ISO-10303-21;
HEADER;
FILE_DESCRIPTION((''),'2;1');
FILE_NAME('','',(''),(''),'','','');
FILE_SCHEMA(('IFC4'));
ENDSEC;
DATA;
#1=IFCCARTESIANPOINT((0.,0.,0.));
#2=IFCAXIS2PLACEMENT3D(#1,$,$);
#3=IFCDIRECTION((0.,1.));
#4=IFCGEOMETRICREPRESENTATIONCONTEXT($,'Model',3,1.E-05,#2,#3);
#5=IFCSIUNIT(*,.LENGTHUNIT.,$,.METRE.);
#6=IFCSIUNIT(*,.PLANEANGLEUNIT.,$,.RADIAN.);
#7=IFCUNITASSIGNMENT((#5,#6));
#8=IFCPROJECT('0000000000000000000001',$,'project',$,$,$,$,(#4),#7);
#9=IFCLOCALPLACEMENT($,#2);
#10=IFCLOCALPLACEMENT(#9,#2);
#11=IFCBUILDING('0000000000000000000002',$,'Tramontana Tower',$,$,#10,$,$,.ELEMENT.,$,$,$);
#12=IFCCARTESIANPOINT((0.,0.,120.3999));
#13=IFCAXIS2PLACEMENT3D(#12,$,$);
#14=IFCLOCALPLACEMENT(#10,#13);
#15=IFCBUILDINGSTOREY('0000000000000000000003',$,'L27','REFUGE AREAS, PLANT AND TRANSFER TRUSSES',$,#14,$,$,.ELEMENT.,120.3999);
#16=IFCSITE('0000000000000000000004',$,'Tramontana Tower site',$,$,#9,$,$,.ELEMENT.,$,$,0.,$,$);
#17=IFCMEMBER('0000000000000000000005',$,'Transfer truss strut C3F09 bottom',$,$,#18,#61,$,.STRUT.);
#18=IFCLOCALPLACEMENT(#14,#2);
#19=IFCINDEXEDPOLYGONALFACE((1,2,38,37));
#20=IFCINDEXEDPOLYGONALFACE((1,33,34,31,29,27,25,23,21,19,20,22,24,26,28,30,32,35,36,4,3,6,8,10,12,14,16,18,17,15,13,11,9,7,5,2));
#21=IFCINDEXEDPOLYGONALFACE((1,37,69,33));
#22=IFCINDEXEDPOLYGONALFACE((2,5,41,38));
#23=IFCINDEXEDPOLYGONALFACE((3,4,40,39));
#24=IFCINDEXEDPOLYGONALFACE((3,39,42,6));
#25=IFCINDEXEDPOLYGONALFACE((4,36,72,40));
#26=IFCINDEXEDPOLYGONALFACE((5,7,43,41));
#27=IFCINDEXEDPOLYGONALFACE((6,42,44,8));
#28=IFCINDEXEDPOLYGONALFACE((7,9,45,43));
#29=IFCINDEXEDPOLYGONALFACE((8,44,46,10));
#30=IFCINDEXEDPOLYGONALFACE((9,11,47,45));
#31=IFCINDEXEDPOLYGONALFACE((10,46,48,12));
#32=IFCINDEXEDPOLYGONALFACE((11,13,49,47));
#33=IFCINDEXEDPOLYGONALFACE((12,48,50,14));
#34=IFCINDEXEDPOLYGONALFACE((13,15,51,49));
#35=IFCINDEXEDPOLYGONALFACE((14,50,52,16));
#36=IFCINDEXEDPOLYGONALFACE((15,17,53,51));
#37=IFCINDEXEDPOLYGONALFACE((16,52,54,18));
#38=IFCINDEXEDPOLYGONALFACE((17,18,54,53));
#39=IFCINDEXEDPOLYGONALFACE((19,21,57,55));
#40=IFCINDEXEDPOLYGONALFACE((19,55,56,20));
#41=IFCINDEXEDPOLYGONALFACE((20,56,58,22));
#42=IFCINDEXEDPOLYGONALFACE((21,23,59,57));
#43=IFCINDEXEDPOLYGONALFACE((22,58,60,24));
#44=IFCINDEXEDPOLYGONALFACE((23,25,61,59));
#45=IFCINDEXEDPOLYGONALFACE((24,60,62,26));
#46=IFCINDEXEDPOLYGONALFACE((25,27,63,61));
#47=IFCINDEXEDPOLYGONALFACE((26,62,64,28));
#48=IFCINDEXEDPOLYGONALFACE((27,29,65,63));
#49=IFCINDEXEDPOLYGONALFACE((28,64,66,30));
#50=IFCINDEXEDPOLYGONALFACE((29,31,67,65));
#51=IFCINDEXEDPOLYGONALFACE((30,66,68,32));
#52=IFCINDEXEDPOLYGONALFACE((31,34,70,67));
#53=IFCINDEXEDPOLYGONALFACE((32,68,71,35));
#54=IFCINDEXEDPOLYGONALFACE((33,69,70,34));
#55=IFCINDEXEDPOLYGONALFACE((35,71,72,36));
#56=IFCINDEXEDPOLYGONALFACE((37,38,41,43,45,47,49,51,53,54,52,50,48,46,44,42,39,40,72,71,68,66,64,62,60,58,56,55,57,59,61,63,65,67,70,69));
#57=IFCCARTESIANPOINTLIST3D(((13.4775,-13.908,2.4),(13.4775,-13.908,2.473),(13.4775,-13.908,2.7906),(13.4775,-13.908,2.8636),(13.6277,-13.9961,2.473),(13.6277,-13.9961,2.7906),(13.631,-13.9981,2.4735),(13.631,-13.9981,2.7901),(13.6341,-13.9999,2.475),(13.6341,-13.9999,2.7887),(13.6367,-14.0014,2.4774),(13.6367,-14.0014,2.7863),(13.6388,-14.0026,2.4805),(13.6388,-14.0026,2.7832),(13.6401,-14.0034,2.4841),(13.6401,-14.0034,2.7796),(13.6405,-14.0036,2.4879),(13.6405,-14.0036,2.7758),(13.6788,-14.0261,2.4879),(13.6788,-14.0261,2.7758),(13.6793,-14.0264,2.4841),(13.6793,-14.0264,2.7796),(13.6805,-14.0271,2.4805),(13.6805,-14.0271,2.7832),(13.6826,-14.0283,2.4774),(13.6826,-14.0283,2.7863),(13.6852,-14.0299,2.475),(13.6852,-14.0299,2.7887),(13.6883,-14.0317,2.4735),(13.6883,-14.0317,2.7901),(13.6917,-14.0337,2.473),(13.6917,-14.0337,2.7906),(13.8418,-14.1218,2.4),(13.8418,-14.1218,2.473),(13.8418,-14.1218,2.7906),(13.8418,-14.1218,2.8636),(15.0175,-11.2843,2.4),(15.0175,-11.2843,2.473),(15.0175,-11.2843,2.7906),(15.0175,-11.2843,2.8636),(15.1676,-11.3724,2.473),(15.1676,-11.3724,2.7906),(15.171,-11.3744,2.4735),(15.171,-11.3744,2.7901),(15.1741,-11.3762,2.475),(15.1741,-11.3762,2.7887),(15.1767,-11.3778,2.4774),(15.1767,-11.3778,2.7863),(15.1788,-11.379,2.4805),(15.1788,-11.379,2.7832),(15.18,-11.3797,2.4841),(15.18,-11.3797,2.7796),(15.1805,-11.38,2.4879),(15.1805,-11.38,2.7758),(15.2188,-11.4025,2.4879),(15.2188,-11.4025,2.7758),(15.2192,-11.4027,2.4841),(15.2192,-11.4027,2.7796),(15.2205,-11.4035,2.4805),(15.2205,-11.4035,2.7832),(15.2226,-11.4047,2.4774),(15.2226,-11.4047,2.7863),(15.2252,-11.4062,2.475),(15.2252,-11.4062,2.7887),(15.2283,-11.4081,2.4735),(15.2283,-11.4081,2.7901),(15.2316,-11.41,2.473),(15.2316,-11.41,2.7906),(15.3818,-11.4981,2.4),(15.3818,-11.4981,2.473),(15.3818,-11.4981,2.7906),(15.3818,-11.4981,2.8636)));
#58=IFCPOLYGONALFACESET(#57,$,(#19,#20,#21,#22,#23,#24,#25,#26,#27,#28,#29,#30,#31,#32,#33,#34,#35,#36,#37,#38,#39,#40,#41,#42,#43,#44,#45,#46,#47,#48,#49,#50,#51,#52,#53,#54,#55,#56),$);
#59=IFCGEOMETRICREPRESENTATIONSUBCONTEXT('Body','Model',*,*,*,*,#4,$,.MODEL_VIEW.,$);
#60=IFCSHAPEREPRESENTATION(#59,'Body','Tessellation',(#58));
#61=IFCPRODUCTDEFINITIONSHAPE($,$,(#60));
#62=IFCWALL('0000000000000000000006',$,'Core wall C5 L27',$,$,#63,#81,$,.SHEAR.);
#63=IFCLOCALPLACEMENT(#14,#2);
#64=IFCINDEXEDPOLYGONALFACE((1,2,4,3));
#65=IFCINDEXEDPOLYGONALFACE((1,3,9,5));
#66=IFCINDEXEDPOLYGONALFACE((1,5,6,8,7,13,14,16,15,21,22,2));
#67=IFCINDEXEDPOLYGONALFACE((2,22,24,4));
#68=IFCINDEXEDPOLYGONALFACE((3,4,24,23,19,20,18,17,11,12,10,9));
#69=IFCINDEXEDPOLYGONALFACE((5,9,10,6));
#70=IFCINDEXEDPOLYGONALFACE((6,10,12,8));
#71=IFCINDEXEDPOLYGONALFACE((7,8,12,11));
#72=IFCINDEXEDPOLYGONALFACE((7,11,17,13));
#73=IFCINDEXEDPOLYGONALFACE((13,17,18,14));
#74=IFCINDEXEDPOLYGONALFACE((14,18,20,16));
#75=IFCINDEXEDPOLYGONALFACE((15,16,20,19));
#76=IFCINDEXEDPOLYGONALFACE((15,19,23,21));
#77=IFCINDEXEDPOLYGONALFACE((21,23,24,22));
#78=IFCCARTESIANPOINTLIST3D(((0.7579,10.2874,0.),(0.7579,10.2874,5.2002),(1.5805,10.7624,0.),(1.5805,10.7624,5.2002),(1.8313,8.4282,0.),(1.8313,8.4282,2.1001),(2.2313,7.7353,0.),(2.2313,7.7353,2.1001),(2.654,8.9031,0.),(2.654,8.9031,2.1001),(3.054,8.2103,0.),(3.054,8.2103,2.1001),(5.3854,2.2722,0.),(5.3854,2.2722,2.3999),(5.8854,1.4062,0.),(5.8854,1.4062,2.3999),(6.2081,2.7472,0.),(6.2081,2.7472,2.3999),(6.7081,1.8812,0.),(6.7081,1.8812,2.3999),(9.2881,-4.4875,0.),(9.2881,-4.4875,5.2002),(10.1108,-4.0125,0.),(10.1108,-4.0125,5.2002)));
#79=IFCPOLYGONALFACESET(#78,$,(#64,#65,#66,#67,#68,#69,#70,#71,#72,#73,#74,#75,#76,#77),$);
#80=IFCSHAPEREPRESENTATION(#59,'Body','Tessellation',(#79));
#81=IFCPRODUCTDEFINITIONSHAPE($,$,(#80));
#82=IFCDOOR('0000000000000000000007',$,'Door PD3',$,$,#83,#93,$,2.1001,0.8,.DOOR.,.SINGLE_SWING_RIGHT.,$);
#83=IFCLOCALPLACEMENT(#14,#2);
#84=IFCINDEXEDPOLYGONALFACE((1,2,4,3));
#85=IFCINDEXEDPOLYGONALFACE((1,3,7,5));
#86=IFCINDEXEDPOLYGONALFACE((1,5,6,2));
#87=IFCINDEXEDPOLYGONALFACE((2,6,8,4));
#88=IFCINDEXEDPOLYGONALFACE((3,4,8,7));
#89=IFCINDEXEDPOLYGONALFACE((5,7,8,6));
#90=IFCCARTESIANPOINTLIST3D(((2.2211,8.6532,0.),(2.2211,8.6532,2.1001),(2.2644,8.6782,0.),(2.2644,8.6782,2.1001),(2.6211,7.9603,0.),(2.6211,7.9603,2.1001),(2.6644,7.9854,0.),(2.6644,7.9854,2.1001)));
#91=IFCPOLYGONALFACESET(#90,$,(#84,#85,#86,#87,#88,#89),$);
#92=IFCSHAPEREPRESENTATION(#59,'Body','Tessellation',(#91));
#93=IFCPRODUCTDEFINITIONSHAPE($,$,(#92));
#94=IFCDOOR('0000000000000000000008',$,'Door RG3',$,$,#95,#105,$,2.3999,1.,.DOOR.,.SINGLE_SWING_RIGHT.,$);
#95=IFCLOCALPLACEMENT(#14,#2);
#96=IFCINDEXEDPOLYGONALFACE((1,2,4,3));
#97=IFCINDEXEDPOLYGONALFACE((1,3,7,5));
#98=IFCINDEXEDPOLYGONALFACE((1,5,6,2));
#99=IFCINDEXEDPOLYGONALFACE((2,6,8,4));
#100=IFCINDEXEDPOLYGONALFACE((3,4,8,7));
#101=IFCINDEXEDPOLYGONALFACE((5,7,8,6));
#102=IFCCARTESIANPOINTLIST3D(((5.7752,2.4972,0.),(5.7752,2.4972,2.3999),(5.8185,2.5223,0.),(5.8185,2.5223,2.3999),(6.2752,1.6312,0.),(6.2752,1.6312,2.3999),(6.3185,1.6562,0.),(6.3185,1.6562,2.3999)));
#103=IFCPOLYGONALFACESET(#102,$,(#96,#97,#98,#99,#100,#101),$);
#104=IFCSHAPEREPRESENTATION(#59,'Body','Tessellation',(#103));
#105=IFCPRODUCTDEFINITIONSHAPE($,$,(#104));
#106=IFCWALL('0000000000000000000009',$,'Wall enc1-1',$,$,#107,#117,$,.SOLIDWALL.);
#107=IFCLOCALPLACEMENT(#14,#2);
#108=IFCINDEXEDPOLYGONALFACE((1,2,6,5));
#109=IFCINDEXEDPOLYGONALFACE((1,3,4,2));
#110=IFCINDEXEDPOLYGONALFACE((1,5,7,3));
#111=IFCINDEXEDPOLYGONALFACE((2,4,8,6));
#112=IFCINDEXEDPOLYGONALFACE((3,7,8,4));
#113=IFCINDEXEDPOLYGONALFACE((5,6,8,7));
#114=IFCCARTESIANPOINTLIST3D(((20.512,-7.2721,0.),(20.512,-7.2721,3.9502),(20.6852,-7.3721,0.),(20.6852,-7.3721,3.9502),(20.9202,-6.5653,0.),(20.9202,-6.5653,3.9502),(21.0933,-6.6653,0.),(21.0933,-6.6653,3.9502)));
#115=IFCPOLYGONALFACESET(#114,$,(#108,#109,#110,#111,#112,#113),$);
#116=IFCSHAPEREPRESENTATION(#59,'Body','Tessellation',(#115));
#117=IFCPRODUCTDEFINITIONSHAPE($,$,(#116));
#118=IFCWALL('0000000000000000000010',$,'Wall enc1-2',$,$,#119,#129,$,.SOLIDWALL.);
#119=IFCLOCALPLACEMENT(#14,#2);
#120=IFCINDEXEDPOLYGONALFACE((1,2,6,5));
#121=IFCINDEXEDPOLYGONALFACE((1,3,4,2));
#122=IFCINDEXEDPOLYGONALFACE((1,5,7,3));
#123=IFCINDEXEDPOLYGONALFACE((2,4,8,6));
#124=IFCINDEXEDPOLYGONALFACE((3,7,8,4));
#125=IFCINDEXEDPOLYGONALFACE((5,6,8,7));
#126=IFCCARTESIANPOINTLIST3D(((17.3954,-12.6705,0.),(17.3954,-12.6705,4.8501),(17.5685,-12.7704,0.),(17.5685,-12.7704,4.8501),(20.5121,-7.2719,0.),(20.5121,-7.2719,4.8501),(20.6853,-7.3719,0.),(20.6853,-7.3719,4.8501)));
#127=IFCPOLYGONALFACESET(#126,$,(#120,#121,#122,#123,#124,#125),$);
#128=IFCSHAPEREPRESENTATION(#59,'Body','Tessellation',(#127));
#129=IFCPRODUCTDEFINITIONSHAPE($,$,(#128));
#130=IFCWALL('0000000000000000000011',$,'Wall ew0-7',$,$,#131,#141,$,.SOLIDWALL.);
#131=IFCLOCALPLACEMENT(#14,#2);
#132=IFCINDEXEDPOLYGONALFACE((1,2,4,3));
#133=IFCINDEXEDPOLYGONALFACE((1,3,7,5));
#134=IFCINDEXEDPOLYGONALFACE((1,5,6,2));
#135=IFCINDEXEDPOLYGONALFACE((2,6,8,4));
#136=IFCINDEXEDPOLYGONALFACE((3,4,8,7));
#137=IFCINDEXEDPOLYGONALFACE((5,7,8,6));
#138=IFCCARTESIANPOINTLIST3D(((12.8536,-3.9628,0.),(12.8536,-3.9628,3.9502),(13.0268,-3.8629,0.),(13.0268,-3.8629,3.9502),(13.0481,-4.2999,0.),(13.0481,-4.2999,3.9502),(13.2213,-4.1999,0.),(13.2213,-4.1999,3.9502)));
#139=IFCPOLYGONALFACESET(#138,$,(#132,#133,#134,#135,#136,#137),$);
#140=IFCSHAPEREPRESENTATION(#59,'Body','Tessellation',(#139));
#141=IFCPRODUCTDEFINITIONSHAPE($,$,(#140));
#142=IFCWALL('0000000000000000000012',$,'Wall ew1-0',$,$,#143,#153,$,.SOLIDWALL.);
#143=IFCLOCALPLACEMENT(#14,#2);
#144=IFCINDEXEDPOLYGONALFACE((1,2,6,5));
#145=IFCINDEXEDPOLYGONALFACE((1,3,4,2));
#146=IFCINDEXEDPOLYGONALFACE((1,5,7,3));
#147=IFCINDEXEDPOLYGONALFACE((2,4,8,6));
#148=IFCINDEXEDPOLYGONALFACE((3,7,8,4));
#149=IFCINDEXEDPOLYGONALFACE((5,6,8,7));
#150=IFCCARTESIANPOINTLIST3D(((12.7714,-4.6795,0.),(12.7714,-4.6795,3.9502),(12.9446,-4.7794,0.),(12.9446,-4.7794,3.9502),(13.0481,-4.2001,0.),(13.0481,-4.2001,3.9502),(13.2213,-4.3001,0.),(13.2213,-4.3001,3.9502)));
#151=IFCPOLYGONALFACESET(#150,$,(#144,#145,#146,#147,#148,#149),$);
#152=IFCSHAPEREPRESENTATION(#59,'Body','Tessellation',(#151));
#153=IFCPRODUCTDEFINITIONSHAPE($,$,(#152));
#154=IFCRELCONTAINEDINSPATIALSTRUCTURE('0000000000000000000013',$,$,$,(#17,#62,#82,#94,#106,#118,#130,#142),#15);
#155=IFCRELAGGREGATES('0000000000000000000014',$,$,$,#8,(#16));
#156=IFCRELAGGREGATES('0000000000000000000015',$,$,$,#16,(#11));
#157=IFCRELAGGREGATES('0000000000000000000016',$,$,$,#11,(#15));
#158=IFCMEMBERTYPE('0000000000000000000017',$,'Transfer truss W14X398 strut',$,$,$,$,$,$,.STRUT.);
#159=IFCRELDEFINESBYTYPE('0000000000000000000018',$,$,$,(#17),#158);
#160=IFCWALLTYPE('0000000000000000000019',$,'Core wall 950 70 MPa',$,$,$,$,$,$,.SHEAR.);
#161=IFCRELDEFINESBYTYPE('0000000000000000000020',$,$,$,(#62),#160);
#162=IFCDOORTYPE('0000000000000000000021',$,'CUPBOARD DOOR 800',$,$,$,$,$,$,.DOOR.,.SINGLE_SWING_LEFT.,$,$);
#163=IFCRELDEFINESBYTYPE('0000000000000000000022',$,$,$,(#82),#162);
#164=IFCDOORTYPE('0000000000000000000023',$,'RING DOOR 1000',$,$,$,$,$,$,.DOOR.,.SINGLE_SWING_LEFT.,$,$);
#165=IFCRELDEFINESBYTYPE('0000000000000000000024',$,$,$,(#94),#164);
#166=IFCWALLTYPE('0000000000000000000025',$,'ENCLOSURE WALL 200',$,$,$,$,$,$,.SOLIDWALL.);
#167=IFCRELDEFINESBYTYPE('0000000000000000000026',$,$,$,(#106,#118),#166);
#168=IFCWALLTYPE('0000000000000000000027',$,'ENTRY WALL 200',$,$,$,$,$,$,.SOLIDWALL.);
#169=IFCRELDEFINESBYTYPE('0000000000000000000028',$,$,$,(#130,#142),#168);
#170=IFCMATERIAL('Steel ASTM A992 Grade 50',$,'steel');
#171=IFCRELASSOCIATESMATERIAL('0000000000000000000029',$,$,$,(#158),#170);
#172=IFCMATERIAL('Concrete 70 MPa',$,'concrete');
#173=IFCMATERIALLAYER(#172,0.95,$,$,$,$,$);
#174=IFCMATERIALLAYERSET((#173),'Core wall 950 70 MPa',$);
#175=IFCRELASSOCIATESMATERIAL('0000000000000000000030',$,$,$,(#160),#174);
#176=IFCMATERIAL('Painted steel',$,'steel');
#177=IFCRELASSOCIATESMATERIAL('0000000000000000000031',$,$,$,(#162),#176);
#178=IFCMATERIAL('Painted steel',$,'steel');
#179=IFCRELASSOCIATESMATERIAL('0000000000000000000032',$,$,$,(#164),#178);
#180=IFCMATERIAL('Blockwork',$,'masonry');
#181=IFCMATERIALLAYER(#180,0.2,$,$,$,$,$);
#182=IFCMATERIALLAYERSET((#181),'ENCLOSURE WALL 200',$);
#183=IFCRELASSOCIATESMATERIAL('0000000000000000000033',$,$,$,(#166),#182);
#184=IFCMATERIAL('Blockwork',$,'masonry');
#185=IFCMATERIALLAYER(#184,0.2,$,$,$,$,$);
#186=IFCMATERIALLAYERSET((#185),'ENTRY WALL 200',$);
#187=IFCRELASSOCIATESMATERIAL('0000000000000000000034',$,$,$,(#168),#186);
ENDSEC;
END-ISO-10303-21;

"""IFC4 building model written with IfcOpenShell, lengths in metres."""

from ifc_helpers import new_model, si_unit, direction, frame, frame_2d, origin, origin_2d, place, context, subcontext, project, spatial, rectangle, i_section, extrude, material, layer, layer_set, material_profile, profile_set, type_object, element, fill, save


model = new_model("IFC4")

# Units and contexts
model_context = context("Model", 3, precision=1e-05, world=origin(), true_north=direction((0.0, 1.0)))
body_context = subcontext(model_context, "Body", "Model", "MODEL_VIEW")
ifc_project = project(units=[si_unit("LENGTHUNIT", "METRE"), si_unit("PLANEANGLEUNIT", "RADIAN")], contexts=[model_context])

# Site, building, storey
site_placement = place(None, origin())
site = spatial("IfcSite", under=ifc_project, at=site_placement, Name="Tramontana Tower site", CompositionType="ELEMENT", RefElevation=0.0)
building_placement = place(site_placement, origin())
building = spatial("IfcBuilding", under=site, at=building_placement, Name="Tramontana Tower", CompositionType="ELEMENT")
storey_placement = place(building_placement, frame((0.0, 0.0, 120.3999)))
storey = spatial("IfcBuildingStorey", under=building, at=storey_placement, Name="L27", Description="REFUGE AREAS, PLANT AND TRANSFER TRUSSES", CompositionType="ELEMENT", Elevation=120.3999)

# Member
ifc_material_1 = material(Name="Steel ASTM A992 Grade 50", Category="steel")
ifc_material_profile_1 = material_profile(ifc_material_1, i_section(OverallWidth=0.4224, OverallDepth=0.4636, WebThickness=0.0444, FlangeThickness=0.073, FilletRadius=0.0149, at=origin_2d()), Name="W14X398")
ifc_profile_set_1 = profile_set([ifc_material_profile_1], Name="Steel ASTM A992 Grade 50")
member_type_1 = type_object("IfcMemberType", Name="Transfer truss W14X398 strut", PredefinedType="STRUT", material=ifc_profile_set_1)
member_1_placement = place(storey_placement, frame((13.6597, -14.0149, 2.6318), z_axis=(0.506199, 0.862417, 0.0), x_axis=(-0.862417, 0.506199, 0.0)))
element("IfcMember", 1, at=member_1_placement, inside=storey, type_object=member_type_1, Name="Transfer truss strut C3F09 bottom", PredefinedType="STRUT", context=body_context, shape_type="SweptSolid", body=[
    extrude(i_section(OverallWidth=0.4224, OverallDepth=0.4636, WebThickness=0.0444, FlangeThickness=0.073, FilletRadius=0.0149, at=origin_2d()), origin(), (0.0, 0.0, 1.0), 3.0422),
])

# Wall, openings, doors
ifc_material_2 = material(Name="Concrete 70 MPa", Category="concrete")
ifc_layer_1 = layer(ifc_material_2, 0.95)
ifc_layer_set_1 = layer_set([ifc_layer_1], Name="Core wall 950 70 MPa")
wall_type_1 = type_object("IfcWallType", Name="Core wall 950 70 MPa", PredefinedType="SHEAR", material=ifc_layer_set_1)
wall_1_placement = place(storey_placement, frame((9.6995, -4.25, 0.0), z_axis=(0.0, 0.0, 1.0), x_axis=(-0.499999, 0.866026, 0.0)))
wall_1 = element("IfcWall", 2, at=wall_1_placement, inside=storey, type_object=wall_type_1, Name="Core wall C5 L27", PredefinedType="SHEAR", context=body_context, shape_type="SweptSolid", body=[
    extrude(rectangle(XDim=17.0605, YDim=0.95, at=frame_2d((8.5303, 0.0))), origin(), (0.0, 0.0, 1.0), 5.2002),
])
opening_1_placement = place(wall_1_placement, frame((6.8054, 0.0, 0.0)))
opening_1 = element("IfcOpeningElement", 3, at=opening_1_placement, cuts=wall_1, PredefinedType="OPENING", context=body_context, shape_type="SweptSolid", body=[
    extrude(rectangle(XDim=1.0, YDim=2.3999, at=frame_2d((0.5, 1.2))), frame((0.0, 0.4849, 0.0), z_axis=(0.0, -1.0, 0.0), x_axis=(1.0, 0.0, 0.0)), (0.0, 0.0, 1.0), 0.97),
])
opening_2_placement = place(wall_1_placement, frame((14.1138, 0.0, 0.0)))
opening_2 = element("IfcOpeningElement", 4, at=opening_2_placement, cuts=wall_1, PredefinedType="OPENING", context=body_context, shape_type="SweptSolid", body=[
    extrude(rectangle(XDim=0.8, YDim=2.1001, at=frame_2d((0.3999, 1.05))), frame((0.0, 0.4849, 0.0), z_axis=(0.0, -1.0, 0.0), x_axis=(1.0, 0.0, 0.0)), (0.0, 0.0, 1.0), 0.97),
])
ifc_material_3 = material(Name="Painted steel", Category="steel")
door_type_1 = type_object("IfcDoorType", Name="CUPBOARD DOOR 800", OperationType="SINGLE_SWING_LEFT", PredefinedType="DOOR", material=ifc_material_3)
door_1_placement = place(opening_2_placement, origin())
door_1 = element("IfcDoor", 5, at=door_1_placement, inside=storey, type_object=door_type_1, Name="Door PD3", OperationType="SINGLE_SWING_RIGHT", OverallHeight=2.1001, OverallWidth=0.8, PredefinedType="DOOR", context=body_context, shape_type="SweptSolid", body=[
    extrude(rectangle(XDim=0.8, YDim=2.1001, at=frame_2d((0.3999, 1.05))), frame((0.0, 0.0249, 0.0), z_axis=(0.0, -1.0, 0.0), x_axis=(1.0, 0.0, 0.0)), (0.0, 0.0, 1.0), 0.05),
])
fill(opening_2, door_1)
ifc_material_4 = material(Name="Painted steel", Category="steel")
door_type_2 = type_object("IfcDoorType", Name="RING DOOR 1000", OperationType="SINGLE_SWING_LEFT", PredefinedType="DOOR", material=ifc_material_4)
door_2_placement = place(opening_1_placement, origin())
door_2 = element("IfcDoor", 6, at=door_2_placement, inside=storey, type_object=door_type_2, Name="Door RG3", OperationType="SINGLE_SWING_RIGHT", OverallHeight=2.3999, OverallWidth=1.0, PredefinedType="DOOR", context=body_context, shape_type="SweptSolid", body=[
    extrude(rectangle(XDim=1.0, YDim=2.3999, at=frame_2d((0.5, 1.2))), frame((0.0, 0.0249, 0.0), z_axis=(0.0, -1.0, 0.0), x_axis=(1.0, 0.0, 0.0)), (0.0, 0.0, 1.0), 0.05),
])
fill(opening_1, door_2)

# Walls
ifc_material_5 = material(Name="Blockwork", Category="masonry")
ifc_layer_2 = layer(ifc_material_5, 0.2)
ifc_layer_set_2 = layer_set([ifc_layer_2], Name="ENCLOSURE WALL 200")
wall_type_2 = type_object("IfcWallType", Name="ENCLOSURE WALL 200", PredefinedType="SOLIDWALL", material=ifc_layer_set_2)
wall_2_placement = place(storey_placement, frame((21.0068, -6.6152, 0.0), z_axis=(0.0, 0.0, 1.0), x_axis=(-0.500128, -0.865951, 0.0)))
element("IfcWall", 7, at=wall_2_placement, inside=storey, type_object=wall_type_2, Name="Wall enc1-1", PredefinedType="SOLIDWALL", context=body_context, shape_type="SweptSolid", body=[
    extrude(rectangle(XDim=0.8162, YDim=0.2, at=frame_2d((0.4082, 0.0))), origin(), (0.0, 0.0, 1.0), 3.9502),
])
wall_3_placement = place(storey_placement, frame((20.5986, -7.322, 0.0), z_axis=(0.0, 0.0, 1.0), x_axis=(-0.499989, -0.866032, 0.0)))
element("IfcWall", 8, at=wall_3_placement, inside=storey, type_object=wall_type_2, Name="Wall enc1-2", PredefinedType="SOLIDWALL", context=body_context, shape_type="SweptSolid", body=[
    extrude(rectangle(XDim=6.2336, YDim=0.2, at=frame_2d((3.1167, 0.0))), origin(), (0.0, 0.0, 1.0), 4.8501),
])
ifc_material_6 = material(Name="Blockwork", Category="masonry")
ifc_layer_3 = layer(ifc_material_6, 0.2)
ifc_layer_set_3 = layer_set([ifc_layer_3], Name="ENTRY WALL 200")
wall_type_3 = type_object("IfcWallType", Name="ENTRY WALL 200", PredefinedType="SOLIDWALL", material=ifc_layer_set_3)
wall_4_placement = place(storey_placement, frame((12.9402, -3.9128, 0.0), z_axis=(0.0, 0.0, 1.0), x_axis=(0.499849, -0.866112, 0.0)))
element("IfcWall", 9, at=wall_4_placement, inside=storey, type_object=wall_type_3, Name="Wall ew0-7", PredefinedType="SOLIDWALL", context=body_context, shape_type="SweptSolid", body=[
    extrude(rectangle(XDim=0.3892, YDim=0.2, at=frame_2d((0.1946, 0.0))), origin(), (0.0, 0.0, 1.0), 3.9502),
])
wall_5_placement = place(storey_placement, frame((13.1348, -4.25, 0.0), z_axis=(0.0, 0.0, 1.0), x_axis=(-0.499888, -0.86609, 0.0)))
element("IfcWall", 10, at=wall_5_placement, inside=storey, type_object=wall_type_3, Name="Wall ew1-0", PredefinedType="SOLIDWALL", context=body_context, shape_type="SweptSolid", body=[
    extrude(rectangle(XDim=0.5535, YDim=0.2, at=frame_2d((0.2769, 0.0))), origin(), (0.0, 0.0, 1.0), 3.9502),
])

save(model, "model.ifc")
